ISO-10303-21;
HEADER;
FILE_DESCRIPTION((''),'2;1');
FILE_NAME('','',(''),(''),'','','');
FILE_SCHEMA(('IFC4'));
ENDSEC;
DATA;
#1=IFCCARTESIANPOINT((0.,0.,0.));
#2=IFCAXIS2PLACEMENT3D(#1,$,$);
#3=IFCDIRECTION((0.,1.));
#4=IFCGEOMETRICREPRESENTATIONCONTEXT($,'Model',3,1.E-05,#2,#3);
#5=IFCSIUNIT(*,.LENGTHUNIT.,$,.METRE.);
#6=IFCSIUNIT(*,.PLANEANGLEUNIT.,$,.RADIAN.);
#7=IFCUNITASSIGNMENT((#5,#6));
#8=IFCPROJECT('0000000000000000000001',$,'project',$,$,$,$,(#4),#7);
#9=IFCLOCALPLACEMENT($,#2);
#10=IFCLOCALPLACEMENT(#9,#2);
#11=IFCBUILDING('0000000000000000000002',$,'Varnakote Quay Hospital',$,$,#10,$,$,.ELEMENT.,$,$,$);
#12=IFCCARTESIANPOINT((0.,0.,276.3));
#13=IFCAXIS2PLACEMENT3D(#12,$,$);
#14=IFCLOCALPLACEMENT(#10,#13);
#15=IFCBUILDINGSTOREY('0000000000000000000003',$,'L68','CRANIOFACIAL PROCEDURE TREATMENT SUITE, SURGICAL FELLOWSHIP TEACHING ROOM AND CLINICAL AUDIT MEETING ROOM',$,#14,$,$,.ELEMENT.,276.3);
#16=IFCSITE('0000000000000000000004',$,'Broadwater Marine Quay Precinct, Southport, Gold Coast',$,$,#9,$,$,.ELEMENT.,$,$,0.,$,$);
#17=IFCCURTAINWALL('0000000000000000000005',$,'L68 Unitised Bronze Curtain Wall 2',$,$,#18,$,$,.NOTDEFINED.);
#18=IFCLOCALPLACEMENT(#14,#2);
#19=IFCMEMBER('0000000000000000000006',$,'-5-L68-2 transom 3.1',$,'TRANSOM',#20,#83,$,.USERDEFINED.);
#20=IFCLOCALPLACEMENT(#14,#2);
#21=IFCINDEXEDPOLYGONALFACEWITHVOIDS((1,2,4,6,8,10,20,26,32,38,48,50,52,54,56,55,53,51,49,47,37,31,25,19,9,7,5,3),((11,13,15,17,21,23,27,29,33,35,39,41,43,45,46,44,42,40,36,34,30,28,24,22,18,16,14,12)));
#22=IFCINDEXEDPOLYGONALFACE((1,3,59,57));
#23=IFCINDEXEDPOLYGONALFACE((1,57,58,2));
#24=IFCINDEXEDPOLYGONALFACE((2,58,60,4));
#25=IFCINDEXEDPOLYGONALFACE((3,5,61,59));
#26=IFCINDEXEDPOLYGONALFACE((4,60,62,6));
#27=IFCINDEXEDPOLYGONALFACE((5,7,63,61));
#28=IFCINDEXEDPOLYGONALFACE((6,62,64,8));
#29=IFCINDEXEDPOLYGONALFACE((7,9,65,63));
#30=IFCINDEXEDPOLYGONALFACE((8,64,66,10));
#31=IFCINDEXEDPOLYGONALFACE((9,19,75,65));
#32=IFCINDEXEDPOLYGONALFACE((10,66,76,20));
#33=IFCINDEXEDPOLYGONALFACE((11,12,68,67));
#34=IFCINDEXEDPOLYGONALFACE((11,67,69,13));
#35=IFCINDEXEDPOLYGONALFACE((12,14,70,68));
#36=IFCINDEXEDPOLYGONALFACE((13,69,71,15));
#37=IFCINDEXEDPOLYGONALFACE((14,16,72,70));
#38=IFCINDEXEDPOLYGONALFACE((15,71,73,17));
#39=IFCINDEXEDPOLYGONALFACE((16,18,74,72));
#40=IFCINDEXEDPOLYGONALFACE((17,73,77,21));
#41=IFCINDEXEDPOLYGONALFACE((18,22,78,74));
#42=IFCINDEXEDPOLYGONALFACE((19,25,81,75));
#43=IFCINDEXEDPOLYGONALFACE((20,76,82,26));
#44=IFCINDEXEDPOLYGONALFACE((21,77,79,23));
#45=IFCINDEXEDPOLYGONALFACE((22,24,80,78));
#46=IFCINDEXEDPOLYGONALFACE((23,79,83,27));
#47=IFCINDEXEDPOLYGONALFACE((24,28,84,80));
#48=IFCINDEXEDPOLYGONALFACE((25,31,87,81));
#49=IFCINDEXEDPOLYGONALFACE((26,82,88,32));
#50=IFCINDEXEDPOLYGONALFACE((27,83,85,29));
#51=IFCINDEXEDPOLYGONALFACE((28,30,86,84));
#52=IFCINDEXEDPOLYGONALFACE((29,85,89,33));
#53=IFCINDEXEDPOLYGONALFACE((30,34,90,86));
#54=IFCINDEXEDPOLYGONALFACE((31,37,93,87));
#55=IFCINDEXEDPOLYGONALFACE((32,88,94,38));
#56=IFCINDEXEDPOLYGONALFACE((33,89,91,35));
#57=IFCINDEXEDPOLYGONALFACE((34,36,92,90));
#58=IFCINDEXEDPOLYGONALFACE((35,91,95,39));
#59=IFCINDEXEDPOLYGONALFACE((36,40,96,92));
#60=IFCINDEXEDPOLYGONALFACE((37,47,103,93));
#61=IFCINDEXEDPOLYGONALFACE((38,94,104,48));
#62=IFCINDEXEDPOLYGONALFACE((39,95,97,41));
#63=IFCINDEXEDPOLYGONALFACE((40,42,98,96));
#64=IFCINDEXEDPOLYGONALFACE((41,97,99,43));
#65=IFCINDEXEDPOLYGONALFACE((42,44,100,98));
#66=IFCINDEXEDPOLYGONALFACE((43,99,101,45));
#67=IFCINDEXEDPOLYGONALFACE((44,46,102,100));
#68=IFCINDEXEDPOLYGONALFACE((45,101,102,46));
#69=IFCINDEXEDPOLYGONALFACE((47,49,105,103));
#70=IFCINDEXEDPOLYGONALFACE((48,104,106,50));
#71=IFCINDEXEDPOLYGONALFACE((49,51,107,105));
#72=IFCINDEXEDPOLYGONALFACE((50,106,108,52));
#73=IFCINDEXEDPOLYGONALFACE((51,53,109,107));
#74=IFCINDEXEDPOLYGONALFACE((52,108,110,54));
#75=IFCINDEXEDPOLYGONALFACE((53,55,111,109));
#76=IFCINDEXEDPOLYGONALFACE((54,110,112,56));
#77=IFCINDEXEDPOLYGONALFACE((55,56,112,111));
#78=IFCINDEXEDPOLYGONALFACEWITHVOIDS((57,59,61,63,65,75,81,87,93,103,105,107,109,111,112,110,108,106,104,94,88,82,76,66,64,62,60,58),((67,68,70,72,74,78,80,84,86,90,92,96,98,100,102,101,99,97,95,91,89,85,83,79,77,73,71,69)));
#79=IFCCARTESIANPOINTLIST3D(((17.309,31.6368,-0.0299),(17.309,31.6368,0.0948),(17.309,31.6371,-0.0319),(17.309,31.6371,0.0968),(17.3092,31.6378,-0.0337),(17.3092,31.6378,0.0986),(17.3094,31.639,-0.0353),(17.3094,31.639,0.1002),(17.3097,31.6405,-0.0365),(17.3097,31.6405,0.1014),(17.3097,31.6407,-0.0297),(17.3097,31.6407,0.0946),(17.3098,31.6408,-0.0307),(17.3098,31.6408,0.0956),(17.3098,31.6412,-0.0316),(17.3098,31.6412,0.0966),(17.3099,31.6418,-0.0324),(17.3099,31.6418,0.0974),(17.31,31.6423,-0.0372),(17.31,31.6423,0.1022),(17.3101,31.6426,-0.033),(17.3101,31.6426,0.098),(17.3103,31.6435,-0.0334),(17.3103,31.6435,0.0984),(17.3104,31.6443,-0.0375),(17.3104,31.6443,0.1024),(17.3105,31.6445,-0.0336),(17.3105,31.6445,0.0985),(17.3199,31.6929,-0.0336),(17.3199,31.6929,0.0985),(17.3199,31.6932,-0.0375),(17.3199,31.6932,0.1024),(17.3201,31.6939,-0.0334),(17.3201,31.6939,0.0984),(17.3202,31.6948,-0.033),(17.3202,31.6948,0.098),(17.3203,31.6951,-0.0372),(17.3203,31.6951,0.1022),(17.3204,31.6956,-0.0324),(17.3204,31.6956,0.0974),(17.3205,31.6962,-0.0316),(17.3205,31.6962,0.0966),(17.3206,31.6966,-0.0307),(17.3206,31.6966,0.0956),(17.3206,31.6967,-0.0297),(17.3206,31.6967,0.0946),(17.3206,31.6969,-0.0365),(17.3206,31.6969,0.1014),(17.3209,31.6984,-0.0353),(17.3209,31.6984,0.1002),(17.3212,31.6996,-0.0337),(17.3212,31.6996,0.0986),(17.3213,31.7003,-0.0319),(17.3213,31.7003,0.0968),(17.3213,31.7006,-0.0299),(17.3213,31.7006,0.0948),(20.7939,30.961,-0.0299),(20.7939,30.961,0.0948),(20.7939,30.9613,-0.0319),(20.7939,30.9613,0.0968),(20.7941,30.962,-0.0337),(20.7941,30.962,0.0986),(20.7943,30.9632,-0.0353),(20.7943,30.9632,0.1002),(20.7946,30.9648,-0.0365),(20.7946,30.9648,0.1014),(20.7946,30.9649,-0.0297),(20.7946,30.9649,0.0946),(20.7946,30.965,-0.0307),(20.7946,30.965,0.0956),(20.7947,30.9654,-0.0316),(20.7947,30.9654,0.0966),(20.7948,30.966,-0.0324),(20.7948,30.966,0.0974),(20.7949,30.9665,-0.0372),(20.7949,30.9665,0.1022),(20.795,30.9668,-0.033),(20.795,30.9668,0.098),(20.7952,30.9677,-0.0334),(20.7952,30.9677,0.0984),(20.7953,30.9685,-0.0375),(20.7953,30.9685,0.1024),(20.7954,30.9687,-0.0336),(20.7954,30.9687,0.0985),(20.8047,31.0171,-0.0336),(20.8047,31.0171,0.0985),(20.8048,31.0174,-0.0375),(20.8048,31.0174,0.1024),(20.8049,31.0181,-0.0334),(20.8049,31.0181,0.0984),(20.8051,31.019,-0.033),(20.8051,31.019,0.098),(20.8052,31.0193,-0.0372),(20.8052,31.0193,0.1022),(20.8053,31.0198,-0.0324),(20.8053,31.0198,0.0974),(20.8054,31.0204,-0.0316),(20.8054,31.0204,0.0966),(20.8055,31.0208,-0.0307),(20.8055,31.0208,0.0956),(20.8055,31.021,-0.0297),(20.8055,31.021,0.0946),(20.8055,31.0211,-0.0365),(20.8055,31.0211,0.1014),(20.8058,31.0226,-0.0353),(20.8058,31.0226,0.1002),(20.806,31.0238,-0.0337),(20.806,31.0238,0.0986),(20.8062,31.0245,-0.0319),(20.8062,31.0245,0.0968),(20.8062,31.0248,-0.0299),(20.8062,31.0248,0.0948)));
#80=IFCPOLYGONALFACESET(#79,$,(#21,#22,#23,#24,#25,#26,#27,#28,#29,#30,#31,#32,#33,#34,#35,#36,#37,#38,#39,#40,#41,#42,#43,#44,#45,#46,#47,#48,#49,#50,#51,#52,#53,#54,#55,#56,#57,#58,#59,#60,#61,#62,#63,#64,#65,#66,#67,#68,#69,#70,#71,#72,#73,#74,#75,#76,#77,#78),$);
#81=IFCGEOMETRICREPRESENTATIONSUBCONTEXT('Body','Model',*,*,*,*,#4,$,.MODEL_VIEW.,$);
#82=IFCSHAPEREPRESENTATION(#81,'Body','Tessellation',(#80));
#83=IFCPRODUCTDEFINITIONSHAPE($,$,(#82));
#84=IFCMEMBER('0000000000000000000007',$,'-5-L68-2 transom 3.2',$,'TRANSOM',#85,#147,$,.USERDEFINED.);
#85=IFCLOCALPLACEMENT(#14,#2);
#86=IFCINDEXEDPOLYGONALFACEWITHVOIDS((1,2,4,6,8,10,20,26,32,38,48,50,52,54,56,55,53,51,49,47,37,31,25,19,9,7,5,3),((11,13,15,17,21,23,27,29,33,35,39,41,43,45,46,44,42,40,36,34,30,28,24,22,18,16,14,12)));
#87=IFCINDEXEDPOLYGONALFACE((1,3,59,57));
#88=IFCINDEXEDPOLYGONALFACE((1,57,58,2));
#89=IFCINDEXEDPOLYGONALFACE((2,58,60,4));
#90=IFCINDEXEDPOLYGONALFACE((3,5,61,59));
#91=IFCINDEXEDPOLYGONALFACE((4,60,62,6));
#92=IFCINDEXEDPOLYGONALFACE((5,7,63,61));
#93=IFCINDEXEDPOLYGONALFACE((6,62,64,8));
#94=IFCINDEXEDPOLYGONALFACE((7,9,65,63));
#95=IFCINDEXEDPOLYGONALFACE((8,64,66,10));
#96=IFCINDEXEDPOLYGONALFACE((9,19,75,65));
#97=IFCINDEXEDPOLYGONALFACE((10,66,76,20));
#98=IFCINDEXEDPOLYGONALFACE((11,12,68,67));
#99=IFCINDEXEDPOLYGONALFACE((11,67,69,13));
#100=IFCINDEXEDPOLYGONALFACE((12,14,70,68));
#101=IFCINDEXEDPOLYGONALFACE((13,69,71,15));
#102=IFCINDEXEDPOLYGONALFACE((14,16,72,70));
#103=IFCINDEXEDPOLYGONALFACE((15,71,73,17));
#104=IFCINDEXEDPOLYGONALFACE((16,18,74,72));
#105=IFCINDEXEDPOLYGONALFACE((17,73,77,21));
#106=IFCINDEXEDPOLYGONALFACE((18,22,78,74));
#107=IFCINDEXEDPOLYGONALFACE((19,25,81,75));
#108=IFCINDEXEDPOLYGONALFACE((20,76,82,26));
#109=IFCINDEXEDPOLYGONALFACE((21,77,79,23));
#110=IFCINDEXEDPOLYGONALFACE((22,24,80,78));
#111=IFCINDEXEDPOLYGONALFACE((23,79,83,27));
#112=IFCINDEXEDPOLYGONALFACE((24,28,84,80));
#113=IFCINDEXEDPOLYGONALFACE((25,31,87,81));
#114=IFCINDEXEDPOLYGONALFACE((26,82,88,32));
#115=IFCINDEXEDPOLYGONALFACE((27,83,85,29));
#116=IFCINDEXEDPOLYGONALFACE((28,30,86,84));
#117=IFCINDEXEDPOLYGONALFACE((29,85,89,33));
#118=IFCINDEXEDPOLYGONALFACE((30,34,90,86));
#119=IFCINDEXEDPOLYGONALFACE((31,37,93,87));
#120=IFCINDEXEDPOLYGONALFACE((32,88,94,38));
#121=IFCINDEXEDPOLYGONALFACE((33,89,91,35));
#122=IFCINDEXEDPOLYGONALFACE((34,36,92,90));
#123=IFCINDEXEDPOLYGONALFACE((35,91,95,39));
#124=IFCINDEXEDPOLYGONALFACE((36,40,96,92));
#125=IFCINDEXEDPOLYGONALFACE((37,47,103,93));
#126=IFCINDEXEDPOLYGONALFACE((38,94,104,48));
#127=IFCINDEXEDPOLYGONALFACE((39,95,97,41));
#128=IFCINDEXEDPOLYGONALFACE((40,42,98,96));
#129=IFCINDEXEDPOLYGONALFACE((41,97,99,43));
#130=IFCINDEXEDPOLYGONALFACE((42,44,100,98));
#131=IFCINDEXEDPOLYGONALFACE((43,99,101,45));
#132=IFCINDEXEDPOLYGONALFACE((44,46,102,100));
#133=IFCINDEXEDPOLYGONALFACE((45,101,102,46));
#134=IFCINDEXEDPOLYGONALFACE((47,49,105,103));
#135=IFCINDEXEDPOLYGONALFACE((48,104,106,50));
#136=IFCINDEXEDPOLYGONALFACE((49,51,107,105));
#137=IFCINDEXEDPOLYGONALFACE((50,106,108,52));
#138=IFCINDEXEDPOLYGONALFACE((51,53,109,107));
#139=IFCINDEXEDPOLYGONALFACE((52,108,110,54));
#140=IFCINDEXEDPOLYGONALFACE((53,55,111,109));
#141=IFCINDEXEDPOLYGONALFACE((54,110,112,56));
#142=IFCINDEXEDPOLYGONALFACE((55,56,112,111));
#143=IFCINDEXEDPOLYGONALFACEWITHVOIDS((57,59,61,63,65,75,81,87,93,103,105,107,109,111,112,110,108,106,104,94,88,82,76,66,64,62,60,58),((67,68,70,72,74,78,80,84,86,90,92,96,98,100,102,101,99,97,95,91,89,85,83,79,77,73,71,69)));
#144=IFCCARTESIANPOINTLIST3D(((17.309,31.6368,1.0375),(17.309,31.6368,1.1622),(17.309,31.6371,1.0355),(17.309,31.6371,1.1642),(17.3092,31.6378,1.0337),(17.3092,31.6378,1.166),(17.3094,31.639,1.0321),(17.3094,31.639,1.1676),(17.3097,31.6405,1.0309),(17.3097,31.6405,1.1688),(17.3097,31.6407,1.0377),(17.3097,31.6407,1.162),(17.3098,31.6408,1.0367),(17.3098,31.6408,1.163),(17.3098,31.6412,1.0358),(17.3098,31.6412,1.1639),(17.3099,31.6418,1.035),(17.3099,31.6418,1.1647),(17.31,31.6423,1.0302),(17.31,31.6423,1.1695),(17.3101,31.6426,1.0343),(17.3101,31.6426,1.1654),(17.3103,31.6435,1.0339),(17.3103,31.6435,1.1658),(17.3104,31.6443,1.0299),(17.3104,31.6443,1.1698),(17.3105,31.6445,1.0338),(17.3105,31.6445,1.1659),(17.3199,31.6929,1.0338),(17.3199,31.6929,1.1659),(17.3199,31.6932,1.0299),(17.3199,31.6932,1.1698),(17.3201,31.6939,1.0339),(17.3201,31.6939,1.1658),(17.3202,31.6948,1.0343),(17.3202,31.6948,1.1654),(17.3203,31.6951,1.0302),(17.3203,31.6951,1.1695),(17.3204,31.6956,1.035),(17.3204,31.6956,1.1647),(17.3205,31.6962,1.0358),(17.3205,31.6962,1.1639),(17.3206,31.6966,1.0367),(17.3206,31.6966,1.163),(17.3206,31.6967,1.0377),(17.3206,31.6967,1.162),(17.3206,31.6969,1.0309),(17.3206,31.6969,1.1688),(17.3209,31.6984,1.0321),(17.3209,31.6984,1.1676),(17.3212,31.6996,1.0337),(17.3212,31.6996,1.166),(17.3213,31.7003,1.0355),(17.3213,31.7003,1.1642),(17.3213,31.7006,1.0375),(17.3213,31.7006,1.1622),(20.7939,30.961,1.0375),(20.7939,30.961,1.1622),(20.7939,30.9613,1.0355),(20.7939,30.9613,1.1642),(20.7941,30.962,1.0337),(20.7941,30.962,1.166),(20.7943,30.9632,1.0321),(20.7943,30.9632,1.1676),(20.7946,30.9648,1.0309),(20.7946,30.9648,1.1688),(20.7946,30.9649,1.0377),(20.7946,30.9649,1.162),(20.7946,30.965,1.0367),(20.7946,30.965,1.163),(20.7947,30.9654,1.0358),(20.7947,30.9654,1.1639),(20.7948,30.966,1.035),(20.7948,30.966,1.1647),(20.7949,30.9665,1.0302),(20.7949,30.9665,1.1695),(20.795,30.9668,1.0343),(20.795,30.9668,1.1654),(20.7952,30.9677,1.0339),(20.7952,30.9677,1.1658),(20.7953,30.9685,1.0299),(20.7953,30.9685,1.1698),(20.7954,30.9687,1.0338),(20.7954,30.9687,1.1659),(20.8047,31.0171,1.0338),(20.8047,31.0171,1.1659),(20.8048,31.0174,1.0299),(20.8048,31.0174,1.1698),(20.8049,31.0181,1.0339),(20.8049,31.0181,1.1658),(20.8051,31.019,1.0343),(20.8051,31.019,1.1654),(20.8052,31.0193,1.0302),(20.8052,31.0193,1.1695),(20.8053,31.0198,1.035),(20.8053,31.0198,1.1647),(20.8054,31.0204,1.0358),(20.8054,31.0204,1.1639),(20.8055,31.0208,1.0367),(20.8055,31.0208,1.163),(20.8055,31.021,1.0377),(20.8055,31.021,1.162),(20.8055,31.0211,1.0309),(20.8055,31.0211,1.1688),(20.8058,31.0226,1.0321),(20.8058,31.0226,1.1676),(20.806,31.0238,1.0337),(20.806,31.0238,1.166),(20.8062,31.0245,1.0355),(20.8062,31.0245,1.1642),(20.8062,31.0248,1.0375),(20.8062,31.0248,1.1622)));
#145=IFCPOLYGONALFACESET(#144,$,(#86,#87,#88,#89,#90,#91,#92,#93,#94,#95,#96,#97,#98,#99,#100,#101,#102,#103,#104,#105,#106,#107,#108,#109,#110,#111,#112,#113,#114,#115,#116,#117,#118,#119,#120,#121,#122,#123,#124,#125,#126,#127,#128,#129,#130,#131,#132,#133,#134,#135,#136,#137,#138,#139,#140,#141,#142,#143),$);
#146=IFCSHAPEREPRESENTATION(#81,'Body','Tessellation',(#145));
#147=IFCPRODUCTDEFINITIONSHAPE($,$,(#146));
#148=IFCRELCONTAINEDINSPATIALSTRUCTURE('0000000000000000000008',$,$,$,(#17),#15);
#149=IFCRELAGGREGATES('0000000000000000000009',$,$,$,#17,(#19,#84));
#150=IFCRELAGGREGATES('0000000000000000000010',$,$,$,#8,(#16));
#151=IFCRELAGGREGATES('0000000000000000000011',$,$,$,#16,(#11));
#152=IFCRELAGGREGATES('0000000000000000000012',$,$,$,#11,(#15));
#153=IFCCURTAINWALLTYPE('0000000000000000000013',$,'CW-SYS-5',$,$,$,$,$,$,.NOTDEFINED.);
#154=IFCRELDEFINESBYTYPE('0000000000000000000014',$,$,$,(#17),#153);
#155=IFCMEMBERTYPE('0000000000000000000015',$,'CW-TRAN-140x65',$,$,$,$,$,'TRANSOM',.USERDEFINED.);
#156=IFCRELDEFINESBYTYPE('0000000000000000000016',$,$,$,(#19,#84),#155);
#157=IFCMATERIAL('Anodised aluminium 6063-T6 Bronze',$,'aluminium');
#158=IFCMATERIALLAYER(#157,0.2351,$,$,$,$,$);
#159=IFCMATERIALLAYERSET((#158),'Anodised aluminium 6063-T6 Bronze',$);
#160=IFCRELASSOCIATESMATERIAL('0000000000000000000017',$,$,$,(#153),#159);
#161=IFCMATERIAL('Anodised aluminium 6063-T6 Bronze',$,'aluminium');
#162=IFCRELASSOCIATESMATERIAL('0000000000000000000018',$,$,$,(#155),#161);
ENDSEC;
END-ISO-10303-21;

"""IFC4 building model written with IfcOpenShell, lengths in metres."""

from ifc_helpers import new_model, si_unit, direction, frame, origin, origin_2d, place, context, subcontext, project, spatial, hollow_rectangle, extrude, material, layer, layer_set, material_profile, profile_set, type_object, element, aggregate, save


model = new_model("IFC4")

# Units and contexts
model_context = context("Model", 3, precision=1e-05, world=origin(), true_north=direction((0.0, 1.0)))
body_context = subcontext(model_context, "Body", "Model", "MODEL_VIEW")
ifc_project = project(units=[si_unit("LENGTHUNIT", "METRE"), si_unit("PLANEANGLEUNIT", "RADIAN")], contexts=[model_context])

# Site, building, storey
site_placement = place(None, origin())
site = spatial("IfcSite", under=ifc_project, at=site_placement, Name="Broadwater Marine Quay Precinct, Southport, Gold Coast", CompositionType="ELEMENT", RefElevation=0.0)
building_placement = place(site_placement, origin())
building = spatial("IfcBuilding", under=site, at=building_placement, Name="Varnakote Quay Hospital", CompositionType="ELEMENT")
storey_placement = place(building_placement, frame((0.0, 0.0, 276.3)))
storey = spatial("IfcBuildingStorey", under=building, at=storey_placement, Name="L68", Description="CRANIOFACIAL PROCEDURE TREATMENT SUITE, SURGICAL FELLOWSHIP TEACHING ROOM AND CLINICAL AUDIT MEETING ROOM", CompositionType="ELEMENT", Elevation=276.3)

# Shared definitions
ifc_material_1 = material(Name="Anodised aluminium 6063-T6 Bronze", Category="aluminium")
ifc_layer_1 = layer(ifc_material_1, 0.2351)
ifc_layer_set_1 = layer_set([ifc_layer_1], Name="Anodised aluminium 6063-T6 Bronze")
curtain_wall_type = type_object("IfcCurtainWallType", Name="CW-SYS-5", PredefinedType="NOTDEFINED", material=ifc_layer_set_1)

# Curtain wall
curtain_wall_1_placement = place(storey_placement, origin())
curtain_wall_1 = element("IfcCurtainWall", 1, at=curtain_wall_1_placement, inside=storey, type_object=curtain_wall_type, Name="L68 Unitised Bronze Curtain Wall 2", PredefinedType="NOTDEFINED")

# Members
ifc_material_2 = material(Name="Anodised aluminium 6063-T6 Bronze", Category="aluminium")
ifc_material_profile_1 = material_profile(ifc_material_2, hollow_rectangle(XDim=0.0649, YDim=0.1399, WallThickness=0.0039, InnerFilletRadius=0.0039, OuterFilletRadius=0.0076, at=origin_2d()), Name="CW-TRAN-140x65")
ifc_profile_set_1 = profile_set([ifc_material_profile_1], Name="Anodised aluminium 6063-T6 Bronze")
member_type_1 = type_object("IfcMemberType", Name="CW-TRAN-140x65", ElementType="TRANSOM", PredefinedType="USERDEFINED", material=ifc_profile_set_1)
member_1_placement = place(storey_placement, frame((20.8, 30.9929, 0.0325), z_axis=(-0.981712, 0.190373, 0.0), x_axis=(-0.190373, -0.981712, 0.0)))
member_1 = element("IfcMember", 2, at=member_1_placement, type_object=member_type_1, Name="-5-L68-2 transom 3.1", ObjectType="TRANSOM", PredefinedType="USERDEFINED", context=body_context, shape_type="SweptSolid", body=[
    extrude(hollow_rectangle(XDim=0.0649, YDim=0.1399, WallThickness=0.0039, InnerFilletRadius=0.0039, OuterFilletRadius=0.0076, at=origin_2d()), origin(), (0.0, 0.0, 1.0), 3.5498),
])
member_2_placement = place(storey_placement, frame((20.8, 30.9929, 1.0999), z_axis=(-0.981712, 0.190373, 0.0), x_axis=(-0.190373, -0.981712, 0.0)))
member_2 = element("IfcMember", 3, at=member_2_placement, type_object=member_type_1, Name="-5-L68-2 transom 3.2", ObjectType="TRANSOM", PredefinedType="USERDEFINED", context=body_context, shape_type="SweptSolid", body=[
    extrude(hollow_rectangle(XDim=0.0649, YDim=0.1399, WallThickness=0.0039, InnerFilletRadius=0.0039, OuterFilletRadius=0.0076, at=origin_2d()), origin(), (0.0, 0.0, 1.0), 3.5498),
])

aggregate(curtain_wall_1, [member_1, member_2])

save(model, "model.ifc")
